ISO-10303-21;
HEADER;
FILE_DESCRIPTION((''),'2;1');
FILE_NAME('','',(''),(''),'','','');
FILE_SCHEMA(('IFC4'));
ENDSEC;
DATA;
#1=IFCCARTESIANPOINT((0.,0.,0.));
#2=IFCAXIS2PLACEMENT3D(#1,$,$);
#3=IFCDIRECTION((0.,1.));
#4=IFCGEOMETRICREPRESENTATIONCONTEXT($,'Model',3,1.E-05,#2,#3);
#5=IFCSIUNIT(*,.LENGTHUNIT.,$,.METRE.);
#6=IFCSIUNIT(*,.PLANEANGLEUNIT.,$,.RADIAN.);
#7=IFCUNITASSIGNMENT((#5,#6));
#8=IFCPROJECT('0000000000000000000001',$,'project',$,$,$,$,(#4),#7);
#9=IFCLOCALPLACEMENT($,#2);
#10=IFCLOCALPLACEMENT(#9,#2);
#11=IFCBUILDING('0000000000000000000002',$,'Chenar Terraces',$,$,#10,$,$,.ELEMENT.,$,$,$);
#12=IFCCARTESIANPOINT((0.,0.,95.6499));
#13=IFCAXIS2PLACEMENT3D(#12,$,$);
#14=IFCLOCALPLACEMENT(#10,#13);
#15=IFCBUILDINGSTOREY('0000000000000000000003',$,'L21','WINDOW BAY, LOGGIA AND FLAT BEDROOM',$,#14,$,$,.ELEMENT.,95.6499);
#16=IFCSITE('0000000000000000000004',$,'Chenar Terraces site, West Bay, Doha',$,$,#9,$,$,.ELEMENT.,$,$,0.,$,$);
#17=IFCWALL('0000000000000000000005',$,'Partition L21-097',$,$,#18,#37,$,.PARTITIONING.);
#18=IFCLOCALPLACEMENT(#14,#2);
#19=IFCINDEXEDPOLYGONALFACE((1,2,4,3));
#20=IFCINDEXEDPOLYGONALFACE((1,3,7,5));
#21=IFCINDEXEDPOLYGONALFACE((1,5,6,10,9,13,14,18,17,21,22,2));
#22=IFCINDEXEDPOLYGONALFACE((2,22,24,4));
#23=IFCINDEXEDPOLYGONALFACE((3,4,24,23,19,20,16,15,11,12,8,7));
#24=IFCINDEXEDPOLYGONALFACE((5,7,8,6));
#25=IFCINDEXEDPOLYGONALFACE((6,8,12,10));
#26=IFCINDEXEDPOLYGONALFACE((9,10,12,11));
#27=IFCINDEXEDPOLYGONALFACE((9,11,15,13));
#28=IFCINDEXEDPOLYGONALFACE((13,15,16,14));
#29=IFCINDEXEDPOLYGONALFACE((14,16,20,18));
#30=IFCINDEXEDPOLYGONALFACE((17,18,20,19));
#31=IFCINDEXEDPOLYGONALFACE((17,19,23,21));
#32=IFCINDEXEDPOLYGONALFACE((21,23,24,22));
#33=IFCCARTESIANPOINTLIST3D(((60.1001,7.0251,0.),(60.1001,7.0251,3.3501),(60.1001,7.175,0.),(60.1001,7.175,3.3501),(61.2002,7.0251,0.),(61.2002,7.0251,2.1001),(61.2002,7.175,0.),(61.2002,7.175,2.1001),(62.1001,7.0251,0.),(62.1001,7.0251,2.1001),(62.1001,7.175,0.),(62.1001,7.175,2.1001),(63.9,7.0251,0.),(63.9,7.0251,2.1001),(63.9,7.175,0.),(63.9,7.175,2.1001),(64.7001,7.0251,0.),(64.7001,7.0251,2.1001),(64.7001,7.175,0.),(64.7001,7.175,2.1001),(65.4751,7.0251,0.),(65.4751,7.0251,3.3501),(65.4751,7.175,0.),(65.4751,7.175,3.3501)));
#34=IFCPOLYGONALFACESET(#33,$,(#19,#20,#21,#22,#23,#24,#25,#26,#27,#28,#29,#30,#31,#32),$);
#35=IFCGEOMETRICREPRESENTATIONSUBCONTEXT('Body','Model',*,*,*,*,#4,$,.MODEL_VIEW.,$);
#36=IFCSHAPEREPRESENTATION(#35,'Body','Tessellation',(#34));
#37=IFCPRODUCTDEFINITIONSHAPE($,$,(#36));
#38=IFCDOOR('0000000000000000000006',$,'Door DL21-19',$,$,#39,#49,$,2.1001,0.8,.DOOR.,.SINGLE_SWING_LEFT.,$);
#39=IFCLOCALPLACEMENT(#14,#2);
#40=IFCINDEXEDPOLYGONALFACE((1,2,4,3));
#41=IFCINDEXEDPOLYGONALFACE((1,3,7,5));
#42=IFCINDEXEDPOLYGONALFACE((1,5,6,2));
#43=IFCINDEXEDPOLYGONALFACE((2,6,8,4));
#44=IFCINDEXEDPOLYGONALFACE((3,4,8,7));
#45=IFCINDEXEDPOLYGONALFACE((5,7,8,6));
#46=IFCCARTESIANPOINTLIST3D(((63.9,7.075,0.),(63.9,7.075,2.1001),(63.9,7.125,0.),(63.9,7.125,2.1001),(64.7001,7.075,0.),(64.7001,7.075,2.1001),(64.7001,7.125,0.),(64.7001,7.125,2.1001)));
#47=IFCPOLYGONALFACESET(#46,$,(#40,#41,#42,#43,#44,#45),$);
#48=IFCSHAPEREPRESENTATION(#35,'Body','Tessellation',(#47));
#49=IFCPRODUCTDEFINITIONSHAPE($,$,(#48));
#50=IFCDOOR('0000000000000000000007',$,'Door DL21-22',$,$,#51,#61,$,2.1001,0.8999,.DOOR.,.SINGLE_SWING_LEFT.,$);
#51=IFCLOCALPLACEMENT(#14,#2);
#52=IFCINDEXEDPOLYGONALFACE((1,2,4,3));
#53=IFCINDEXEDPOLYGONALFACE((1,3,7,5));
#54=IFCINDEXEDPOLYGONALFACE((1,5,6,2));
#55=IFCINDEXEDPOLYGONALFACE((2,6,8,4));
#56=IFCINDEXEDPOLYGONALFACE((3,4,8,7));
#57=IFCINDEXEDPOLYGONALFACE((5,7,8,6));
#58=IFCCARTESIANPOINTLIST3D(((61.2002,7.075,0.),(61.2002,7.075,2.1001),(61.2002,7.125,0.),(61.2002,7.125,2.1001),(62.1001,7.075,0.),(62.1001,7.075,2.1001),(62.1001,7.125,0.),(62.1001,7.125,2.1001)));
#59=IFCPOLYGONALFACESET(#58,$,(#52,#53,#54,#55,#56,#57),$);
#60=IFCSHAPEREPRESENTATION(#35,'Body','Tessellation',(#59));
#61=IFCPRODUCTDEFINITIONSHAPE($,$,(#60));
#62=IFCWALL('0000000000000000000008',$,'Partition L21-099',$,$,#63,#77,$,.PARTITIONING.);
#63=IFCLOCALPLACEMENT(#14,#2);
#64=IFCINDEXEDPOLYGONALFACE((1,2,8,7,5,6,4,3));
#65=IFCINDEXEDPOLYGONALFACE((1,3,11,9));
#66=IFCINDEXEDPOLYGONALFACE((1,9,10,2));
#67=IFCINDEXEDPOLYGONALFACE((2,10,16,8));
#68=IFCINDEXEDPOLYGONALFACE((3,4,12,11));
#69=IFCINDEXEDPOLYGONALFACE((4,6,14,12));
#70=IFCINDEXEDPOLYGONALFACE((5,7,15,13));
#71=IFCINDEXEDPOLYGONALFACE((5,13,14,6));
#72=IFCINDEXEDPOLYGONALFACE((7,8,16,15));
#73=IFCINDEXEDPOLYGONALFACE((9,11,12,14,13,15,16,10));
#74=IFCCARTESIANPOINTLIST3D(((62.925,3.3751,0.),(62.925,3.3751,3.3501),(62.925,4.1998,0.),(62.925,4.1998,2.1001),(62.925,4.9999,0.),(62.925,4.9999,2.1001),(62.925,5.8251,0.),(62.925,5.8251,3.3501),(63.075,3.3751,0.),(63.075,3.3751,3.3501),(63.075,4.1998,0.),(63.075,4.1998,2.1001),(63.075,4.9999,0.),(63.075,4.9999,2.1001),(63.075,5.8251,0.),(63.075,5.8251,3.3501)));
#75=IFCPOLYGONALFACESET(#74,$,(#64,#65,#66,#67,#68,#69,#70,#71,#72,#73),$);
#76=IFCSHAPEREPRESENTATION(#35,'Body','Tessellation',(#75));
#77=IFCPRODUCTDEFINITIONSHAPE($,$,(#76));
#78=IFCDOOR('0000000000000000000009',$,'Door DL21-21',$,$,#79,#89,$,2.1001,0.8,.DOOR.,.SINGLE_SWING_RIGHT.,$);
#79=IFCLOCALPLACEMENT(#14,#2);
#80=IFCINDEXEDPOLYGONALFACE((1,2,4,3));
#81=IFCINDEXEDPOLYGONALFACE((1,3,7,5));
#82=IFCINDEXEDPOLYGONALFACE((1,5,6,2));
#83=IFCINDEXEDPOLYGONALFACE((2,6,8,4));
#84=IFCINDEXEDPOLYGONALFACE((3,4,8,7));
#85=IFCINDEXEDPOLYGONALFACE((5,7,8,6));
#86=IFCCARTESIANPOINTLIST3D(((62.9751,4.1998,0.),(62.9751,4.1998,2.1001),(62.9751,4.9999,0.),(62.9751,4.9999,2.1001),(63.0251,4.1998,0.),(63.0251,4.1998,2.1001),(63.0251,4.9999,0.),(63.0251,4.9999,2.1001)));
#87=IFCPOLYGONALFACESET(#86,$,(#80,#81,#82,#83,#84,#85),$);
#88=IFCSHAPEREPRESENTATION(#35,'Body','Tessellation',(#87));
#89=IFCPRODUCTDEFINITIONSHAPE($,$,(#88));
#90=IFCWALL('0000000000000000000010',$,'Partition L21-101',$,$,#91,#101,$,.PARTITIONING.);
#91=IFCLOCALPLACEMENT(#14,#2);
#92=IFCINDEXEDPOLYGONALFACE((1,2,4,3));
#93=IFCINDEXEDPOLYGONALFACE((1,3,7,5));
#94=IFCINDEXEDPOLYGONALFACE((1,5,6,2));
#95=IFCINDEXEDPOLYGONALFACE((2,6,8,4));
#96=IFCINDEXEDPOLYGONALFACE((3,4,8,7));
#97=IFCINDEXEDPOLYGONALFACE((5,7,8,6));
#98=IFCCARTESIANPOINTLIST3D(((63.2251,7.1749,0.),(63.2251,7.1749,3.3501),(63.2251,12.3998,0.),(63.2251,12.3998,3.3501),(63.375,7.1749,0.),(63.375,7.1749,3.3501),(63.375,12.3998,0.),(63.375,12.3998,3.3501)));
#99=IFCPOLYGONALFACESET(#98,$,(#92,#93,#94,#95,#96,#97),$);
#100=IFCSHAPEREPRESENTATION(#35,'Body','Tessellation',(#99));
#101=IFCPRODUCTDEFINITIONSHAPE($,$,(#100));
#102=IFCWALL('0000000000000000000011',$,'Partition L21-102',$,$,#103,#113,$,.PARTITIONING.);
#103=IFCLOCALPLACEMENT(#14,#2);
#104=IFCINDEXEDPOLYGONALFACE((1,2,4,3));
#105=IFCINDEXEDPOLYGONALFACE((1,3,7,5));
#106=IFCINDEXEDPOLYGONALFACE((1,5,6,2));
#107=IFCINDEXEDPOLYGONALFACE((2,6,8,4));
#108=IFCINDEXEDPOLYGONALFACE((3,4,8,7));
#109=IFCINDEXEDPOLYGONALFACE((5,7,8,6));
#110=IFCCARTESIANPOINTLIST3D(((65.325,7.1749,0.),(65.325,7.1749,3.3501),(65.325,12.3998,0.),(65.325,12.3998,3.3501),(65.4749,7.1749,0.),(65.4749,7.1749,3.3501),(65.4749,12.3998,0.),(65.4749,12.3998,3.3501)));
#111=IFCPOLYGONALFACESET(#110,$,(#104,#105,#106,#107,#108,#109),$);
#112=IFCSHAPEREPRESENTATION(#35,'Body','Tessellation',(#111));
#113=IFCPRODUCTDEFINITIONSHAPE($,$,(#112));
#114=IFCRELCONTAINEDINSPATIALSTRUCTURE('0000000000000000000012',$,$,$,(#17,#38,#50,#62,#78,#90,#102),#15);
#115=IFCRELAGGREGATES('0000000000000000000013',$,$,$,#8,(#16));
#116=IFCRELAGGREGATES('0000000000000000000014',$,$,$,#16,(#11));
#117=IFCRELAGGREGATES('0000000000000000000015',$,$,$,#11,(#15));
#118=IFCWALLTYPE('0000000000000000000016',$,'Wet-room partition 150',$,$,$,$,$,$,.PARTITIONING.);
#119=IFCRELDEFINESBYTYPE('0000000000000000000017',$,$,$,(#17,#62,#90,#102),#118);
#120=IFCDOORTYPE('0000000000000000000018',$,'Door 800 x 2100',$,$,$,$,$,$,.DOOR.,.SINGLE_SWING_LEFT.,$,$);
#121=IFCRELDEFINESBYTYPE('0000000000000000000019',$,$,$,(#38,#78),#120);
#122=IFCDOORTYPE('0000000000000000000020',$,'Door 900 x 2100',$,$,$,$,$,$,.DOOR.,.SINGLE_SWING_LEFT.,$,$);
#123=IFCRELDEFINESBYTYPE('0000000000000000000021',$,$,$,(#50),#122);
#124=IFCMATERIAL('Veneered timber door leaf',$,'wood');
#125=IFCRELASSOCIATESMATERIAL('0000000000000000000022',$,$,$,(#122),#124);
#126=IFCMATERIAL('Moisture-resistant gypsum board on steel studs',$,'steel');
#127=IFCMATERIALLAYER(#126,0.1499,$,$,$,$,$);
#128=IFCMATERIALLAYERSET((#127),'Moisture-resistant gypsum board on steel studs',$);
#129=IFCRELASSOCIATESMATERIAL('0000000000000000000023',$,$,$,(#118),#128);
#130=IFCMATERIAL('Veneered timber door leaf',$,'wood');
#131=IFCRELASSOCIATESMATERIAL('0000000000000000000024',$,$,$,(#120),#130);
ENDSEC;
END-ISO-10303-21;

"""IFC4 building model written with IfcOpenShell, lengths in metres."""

from ifc_helpers import new_model, si_unit, direction, frame, frame_2d, origin, place, context, subcontext, project, spatial, rectangle, extrude, material, layer, layer_set, type_object, element, fill, save


model = new_model("IFC4")

# Units and contexts
model_context = context("Model", 3, precision=1e-05, world=origin(), true_north=direction((0.0, 1.0)))
body_context = subcontext(model_context, "Body", "Model", "MODEL_VIEW")
ifc_project = project(units=[si_unit("LENGTHUNIT", "METRE"), si_unit("PLANEANGLEUNIT", "RADIAN")], contexts=[model_context])

# Site, building, storey
site_placement = place(None, origin())
site = spatial("IfcSite", under=ifc_project, at=site_placement, Name="Chenar Terraces site, West Bay, Doha", CompositionType="ELEMENT", RefElevation=0.0)
building_placement = place(site_placement, origin())
building = spatial("IfcBuilding", under=site, at=building_placement, Name="Chenar Terraces", CompositionType="ELEMENT")
storey_placement = place(building_placement, frame((0.0, 0.0, 95.6499)))
storey = spatial("IfcBuildingStorey", under=building, at=storey_placement, Name="L21", Description="WINDOW BAY, LOGGIA AND FLAT BEDROOM", CompositionType="ELEMENT", Elevation=95.6499)

# Shared definitions
ifc_material_1 = material(Name="Veneered timber door leaf", Category="wood")
door_type_1 = type_object("IfcDoorType", Name="Door 900 x 2100", OperationType="SINGLE_SWING_LEFT", PredefinedType="DOOR", material=ifc_material_1)

# Shared definitions
ifc_material_2 = material(Name="Moisture-resistant gypsum board on steel studs", Category="steel")
ifc_layer_1 = layer(ifc_material_2, 0.1499)
ifc_layer_set_1 = layer_set([ifc_layer_1], Name="Moisture-resistant gypsum board on steel studs")
wall_type_1 = type_object("IfcWallType", Name="Wet-room partition 150", PredefinedType="PARTITIONING", material=ifc_layer_set_1)

# Wall, openings, doors
wall_1_placement = place(storey_placement, frame((60.1001, 7.1001, 0.0), z_axis=(0.0, 0.0, 1.0), x_axis=(1.0, 0.0, 0.0)))
wall_1 = element("IfcWall", 1, at=wall_1_placement, inside=storey, type_object=wall_type_1, Name="Partition L21-097", PredefinedType="PARTITIONING", context=body_context, shape_type="SweptSolid", body=[
    extrude(rectangle(XDim=5.375, YDim=0.1499, at=frame_2d((2.6875, 0.0))), origin(), (0.0, 0.0, 1.0), 3.3501),
])
opening_1_placement = place(wall_1_placement, frame((3.8, 0.0, 0.0)))
opening_1 = element("IfcOpeningElement", 2, at=opening_1_placement, cuts=wall_1, PredefinedType="OPENING", context=body_context, shape_type="SweptSolid", body=[
    extrude(rectangle(XDim=0.8, YDim=2.1001, at=frame_2d((0.3999, 1.05))), frame((0.0, 0.085, 0.0), z_axis=(0.0, -1.0, 0.0), x_axis=(1.0, 0.0, 0.0)), (0.0, 0.0, 1.0), 0.1699),
])
opening_2_placement = place(wall_1_placement, frame((1.1001, 0.0, 0.0)))
opening_2 = element("IfcOpeningElement", 3, at=opening_2_placement, cuts=wall_1, PredefinedType="OPENING", context=body_context, shape_type="SweptSolid", body=[
    extrude(rectangle(XDim=0.8999, YDim=2.1001, at=frame_2d((0.45, 1.05))), frame((0.0, 0.085, 0.0), z_axis=(0.0, -1.0, 0.0), x_axis=(1.0, 0.0, 0.0)), (0.0, 0.0, 1.0), 0.1699),
])
ifc_material_3 = material(Name="Veneered timber door leaf", Category="wood")
door_type_2 = type_object("IfcDoorType", Name="Door 800 x 2100", OperationType="SINGLE_SWING_LEFT", PredefinedType="DOOR", material=ifc_material_3)
door_1_placement = place(opening_1_placement, origin())
door_1 = element("IfcDoor", 4, at=door_1_placement, inside=storey, type_object=door_type_2, Name="Door DL21-19", OperationType="SINGLE_SWING_LEFT", OverallHeight=2.1001, OverallWidth=0.8, PredefinedType="DOOR", context=body_context, shape_type="SweptSolid", body=[
    extrude(rectangle(XDim=0.8, YDim=2.1001, at=frame_2d((0.3999, 1.05))), frame((0.0, 0.0249, 0.0), z_axis=(0.0, -1.0, 0.0), x_axis=(1.0, 0.0, 0.0)), (0.0, 0.0, 1.0), 0.05),
])
fill(opening_1, door_1)
door_2_placement = place(opening_2_placement, origin())
door_2 = element("IfcDoor", 5, at=door_2_placement, inside=storey, type_object=door_type_1, Name="Door DL21-22", OperationType="SINGLE_SWING_LEFT", OverallHeight=2.1001, OverallWidth=0.8999, PredefinedType="DOOR", context=body_context, shape_type="SweptSolid", body=[
    extrude(rectangle(XDim=0.8999, YDim=2.1001, at=frame_2d((0.45, 1.05))), frame((0.0, 0.0249, 0.0), z_axis=(0.0, -1.0, 0.0), x_axis=(1.0, 0.0, 0.0)), (0.0, 0.0, 1.0), 0.05),
])
fill(opening_2, door_2)

# Wall, opening, door
wall_2_placement = place(storey_placement, frame((63.0, 3.375, 0.0), z_axis=(0.0, 0.0, 1.0), x_axis=(0.0, 1.0, 0.0)))
wall_2 = element("IfcWall", 6, at=wall_2_placement, inside=storey, type_object=wall_type_1, Name="Partition L21-099", PredefinedType="PARTITIONING", context=body_context, shape_type="SweptSolid", body=[
    extrude(rectangle(XDim=2.45, YDim=0.1499, at=frame_2d((1.2251, 0.0))), origin(), (0.0, 0.0, 1.0), 3.3501),
])
opening_3_placement = place(wall_2_placement, frame((0.825, 0.0, 0.0)))
opening_3 = element("IfcOpeningElement", 7, at=opening_3_placement, cuts=wall_2, PredefinedType="OPENING", context=body_context, shape_type="SweptSolid", body=[
    extrude(rectangle(XDim=0.8, YDim=2.1001, at=frame_2d((0.3999, 1.05))), frame((0.0, 0.085, 0.0), z_axis=(0.0, -1.0, 0.0), x_axis=(1.0, 0.0, 0.0)), (0.0, 0.0, 1.0), 0.1699),
])
door_3_placement = place(opening_3_placement, origin())
door_3 = element("IfcDoor", 8, at=door_3_placement, inside=storey, type_object=door_type_2, Name="Door DL21-21", OperationType="SINGLE_SWING_RIGHT", OverallHeight=2.1001, OverallWidth=0.8, PredefinedType="DOOR", context=body_context, shape_type="SweptSolid", body=[
    extrude(rectangle(XDim=0.8, YDim=2.1001, at=frame_2d((0.3999, 1.05))), frame((0.0, 0.0249, 0.0), z_axis=(0.0, -1.0, 0.0), x_axis=(1.0, 0.0, 0.0)), (0.0, 0.0, 1.0), 0.05),
])
fill(opening_3, door_3)

# Walls
for number, where, z_axis, x_axis, name in (
    (9, (63.3, 7.175, 0.0), (0.0, 0.0, 1.0), (0.0, 1.0, 0.0), "Partition L21-101"),
    (10, (65.3999, 7.175, 0.0), (0.0, 0.0, 1.0), (0.0, 1.0, 0.0), "Partition L21-102"),
):
    element("IfcWall", number, at=place(storey_placement, frame(where, z_axis=z_axis, x_axis=x_axis)), inside=storey, type_object=wall_type_1, Name=name, PredefinedType="PARTITIONING", context=body_context, shape_type="SweptSolid", body=[
        extrude(rectangle(XDim=5.2249, YDim=0.1499, at=frame_2d((2.6123, 0.0))), origin(), (0.0, 0.0, 1.0), 3.3501),
    ])

save(model, "model.ifc")
